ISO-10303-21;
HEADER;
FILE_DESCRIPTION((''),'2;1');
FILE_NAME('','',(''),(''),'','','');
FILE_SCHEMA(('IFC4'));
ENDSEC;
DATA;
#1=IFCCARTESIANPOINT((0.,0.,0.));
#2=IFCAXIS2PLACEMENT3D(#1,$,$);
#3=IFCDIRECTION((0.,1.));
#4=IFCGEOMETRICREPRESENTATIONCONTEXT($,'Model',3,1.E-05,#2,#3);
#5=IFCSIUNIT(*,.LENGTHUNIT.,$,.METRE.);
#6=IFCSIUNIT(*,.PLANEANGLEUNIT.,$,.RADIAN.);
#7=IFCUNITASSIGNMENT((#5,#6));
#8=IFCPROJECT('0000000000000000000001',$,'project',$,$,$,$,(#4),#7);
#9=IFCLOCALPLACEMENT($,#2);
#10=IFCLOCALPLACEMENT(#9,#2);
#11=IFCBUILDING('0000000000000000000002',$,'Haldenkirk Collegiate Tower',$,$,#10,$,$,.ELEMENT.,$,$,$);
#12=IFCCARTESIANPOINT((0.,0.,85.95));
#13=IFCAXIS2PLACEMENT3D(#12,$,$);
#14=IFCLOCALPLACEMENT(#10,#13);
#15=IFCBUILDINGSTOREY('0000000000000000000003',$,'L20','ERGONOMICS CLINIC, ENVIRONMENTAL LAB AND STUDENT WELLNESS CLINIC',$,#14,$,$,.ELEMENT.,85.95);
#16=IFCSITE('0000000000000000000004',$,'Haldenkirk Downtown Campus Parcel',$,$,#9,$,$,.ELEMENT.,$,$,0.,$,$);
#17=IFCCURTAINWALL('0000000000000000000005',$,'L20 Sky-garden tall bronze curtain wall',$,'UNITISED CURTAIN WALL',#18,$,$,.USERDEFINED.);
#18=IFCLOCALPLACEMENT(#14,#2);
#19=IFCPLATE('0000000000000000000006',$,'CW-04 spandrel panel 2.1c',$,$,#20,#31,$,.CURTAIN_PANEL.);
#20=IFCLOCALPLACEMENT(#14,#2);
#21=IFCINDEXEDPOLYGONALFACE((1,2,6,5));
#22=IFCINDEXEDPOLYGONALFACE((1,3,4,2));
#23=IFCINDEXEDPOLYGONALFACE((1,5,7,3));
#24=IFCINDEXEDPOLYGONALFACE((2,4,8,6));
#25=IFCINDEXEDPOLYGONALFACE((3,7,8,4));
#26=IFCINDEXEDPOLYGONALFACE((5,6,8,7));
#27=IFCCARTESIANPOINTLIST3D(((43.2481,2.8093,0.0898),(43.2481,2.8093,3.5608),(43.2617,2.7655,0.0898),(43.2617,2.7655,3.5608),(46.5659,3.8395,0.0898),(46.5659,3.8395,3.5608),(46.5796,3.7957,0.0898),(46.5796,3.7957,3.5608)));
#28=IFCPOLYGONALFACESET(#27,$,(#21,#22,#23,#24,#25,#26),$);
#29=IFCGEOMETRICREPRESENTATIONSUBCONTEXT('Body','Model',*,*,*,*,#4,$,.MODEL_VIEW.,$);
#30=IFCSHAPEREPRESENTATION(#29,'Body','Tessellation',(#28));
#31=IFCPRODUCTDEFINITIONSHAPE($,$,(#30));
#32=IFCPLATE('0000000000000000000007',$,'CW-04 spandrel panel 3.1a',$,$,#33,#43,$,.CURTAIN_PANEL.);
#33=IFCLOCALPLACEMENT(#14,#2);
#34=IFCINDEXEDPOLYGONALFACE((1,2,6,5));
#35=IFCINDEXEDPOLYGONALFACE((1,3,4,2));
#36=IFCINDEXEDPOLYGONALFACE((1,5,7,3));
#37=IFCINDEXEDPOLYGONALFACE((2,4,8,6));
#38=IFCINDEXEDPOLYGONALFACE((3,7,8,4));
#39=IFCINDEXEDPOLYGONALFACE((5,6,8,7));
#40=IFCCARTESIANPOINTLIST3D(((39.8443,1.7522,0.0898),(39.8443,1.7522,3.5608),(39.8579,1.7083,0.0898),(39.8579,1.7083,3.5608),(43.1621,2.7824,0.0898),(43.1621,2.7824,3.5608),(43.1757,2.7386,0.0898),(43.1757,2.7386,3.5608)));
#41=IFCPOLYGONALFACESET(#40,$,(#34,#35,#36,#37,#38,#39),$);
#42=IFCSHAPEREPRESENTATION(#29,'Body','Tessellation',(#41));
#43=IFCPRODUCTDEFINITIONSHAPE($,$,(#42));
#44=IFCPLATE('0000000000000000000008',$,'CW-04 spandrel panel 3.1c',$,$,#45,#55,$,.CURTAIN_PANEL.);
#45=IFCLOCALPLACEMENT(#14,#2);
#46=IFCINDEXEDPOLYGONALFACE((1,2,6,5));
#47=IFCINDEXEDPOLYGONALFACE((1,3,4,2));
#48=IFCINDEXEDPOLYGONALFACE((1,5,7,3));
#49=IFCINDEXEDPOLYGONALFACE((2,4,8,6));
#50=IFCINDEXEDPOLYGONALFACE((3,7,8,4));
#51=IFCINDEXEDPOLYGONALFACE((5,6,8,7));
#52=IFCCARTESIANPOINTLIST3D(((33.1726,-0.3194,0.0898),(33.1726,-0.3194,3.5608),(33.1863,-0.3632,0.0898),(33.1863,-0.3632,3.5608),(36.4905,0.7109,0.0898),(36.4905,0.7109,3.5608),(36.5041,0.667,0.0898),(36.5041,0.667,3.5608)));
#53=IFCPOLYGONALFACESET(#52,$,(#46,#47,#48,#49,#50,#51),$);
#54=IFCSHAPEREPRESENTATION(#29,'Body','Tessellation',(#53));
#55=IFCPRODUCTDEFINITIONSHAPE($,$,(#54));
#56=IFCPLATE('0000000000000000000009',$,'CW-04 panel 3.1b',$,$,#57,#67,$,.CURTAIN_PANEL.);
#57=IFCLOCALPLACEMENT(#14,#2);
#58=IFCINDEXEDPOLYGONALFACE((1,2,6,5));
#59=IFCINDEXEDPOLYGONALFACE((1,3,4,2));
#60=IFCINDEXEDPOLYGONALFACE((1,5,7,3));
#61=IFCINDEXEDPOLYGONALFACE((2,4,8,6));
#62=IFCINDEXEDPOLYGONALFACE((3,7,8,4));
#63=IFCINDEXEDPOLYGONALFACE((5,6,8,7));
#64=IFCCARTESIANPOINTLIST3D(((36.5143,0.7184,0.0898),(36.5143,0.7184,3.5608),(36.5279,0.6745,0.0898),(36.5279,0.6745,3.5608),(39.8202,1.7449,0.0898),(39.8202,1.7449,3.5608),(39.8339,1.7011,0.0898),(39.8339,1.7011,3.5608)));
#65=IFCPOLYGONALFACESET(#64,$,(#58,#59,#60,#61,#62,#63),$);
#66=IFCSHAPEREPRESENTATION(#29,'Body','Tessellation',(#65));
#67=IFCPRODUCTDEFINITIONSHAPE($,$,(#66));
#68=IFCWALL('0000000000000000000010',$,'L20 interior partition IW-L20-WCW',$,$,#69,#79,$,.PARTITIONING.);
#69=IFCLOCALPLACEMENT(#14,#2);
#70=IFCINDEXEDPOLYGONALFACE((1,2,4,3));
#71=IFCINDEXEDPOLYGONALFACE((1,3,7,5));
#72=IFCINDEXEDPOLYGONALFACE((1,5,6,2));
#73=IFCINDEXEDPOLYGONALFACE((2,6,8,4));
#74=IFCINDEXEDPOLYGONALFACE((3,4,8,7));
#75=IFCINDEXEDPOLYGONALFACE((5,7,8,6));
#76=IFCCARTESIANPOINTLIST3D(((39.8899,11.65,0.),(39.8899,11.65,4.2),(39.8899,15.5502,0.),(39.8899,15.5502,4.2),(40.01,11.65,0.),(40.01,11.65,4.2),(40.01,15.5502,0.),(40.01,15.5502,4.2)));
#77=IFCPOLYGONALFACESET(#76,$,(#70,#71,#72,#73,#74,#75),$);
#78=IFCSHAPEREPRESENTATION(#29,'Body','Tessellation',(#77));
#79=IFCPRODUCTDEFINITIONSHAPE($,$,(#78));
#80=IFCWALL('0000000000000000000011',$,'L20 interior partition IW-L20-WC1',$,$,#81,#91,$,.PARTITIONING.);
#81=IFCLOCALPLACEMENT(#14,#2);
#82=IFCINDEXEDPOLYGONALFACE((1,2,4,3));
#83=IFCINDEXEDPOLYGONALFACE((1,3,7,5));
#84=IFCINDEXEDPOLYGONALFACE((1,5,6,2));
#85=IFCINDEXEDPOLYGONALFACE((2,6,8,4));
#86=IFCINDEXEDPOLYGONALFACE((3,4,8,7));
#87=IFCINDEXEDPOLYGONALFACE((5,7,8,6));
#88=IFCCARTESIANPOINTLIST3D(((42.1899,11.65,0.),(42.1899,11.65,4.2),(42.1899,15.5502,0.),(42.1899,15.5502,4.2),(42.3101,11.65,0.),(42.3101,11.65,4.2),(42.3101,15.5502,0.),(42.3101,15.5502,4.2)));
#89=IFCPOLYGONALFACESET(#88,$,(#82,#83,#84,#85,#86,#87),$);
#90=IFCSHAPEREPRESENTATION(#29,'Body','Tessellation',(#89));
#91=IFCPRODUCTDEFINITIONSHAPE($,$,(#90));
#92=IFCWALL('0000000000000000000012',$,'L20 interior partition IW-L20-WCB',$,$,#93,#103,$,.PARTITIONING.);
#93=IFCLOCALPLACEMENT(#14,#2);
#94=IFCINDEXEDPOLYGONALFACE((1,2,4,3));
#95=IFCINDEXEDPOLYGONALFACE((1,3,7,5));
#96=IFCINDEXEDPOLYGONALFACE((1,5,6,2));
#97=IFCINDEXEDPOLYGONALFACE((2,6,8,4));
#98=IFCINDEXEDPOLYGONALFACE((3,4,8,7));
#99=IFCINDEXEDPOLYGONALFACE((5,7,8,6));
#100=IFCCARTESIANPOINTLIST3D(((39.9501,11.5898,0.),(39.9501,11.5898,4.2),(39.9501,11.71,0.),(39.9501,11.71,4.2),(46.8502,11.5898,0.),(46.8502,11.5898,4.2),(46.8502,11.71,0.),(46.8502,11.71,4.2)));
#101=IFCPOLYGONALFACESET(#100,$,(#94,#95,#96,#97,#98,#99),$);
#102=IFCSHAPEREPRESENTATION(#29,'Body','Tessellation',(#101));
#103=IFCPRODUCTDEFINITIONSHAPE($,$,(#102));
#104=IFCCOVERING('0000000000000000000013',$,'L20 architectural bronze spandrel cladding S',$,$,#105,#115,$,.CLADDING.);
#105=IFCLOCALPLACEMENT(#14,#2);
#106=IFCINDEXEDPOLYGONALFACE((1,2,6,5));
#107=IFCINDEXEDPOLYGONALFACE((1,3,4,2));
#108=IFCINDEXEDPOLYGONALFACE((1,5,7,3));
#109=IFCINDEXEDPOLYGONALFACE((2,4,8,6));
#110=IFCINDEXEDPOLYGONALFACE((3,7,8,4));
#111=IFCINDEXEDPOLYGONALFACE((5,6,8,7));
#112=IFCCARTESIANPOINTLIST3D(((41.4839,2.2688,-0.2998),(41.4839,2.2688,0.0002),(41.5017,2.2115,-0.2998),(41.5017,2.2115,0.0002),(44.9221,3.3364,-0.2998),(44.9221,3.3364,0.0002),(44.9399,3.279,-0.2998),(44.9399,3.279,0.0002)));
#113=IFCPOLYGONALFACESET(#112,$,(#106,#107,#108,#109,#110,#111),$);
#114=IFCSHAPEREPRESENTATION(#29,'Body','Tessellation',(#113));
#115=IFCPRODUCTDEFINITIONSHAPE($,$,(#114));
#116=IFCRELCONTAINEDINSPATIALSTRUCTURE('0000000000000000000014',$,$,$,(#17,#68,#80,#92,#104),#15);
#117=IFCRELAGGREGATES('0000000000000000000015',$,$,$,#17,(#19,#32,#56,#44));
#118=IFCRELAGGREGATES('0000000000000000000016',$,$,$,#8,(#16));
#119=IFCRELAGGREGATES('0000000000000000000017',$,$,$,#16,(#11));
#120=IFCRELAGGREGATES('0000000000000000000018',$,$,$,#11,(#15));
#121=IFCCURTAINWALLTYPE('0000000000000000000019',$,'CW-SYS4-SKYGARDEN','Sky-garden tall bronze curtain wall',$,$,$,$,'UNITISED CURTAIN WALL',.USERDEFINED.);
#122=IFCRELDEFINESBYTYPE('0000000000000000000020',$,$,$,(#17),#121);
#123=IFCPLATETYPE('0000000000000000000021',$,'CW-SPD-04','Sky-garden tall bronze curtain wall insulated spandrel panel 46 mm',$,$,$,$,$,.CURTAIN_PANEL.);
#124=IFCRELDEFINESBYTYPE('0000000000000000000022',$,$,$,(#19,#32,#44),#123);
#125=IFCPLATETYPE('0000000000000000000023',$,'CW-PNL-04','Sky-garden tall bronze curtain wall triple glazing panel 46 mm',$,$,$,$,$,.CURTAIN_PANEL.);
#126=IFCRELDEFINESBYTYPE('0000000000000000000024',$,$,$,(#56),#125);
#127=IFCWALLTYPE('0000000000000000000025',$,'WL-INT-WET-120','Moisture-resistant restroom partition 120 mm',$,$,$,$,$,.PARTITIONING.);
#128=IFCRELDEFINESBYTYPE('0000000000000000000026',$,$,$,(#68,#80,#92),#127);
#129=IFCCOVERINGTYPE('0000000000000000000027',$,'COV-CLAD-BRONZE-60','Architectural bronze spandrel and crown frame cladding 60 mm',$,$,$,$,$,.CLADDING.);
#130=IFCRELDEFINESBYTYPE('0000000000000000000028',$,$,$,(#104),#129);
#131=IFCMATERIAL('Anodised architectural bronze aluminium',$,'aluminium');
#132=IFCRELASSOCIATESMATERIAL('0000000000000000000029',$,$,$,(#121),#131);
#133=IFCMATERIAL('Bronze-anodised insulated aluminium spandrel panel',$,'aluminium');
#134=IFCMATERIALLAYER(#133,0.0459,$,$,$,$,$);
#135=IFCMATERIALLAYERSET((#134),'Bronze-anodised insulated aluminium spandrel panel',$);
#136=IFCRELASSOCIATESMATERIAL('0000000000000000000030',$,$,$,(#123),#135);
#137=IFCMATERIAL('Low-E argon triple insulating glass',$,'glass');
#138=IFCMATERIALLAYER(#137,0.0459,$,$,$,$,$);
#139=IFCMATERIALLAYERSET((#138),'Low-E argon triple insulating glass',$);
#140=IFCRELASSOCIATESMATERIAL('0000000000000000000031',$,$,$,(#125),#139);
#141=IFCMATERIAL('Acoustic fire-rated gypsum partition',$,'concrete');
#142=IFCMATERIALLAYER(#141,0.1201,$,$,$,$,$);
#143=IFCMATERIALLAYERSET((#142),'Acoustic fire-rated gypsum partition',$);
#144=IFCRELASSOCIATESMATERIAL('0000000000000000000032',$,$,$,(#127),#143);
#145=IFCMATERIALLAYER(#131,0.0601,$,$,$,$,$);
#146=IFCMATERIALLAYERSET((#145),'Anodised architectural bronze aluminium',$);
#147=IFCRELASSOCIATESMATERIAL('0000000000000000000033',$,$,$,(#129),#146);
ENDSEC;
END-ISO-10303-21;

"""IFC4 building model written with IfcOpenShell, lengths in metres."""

from ifc_helpers import new_model, si_unit, direction, frame, frame_2d, origin, origin_2d, place, context, subcontext, project, spatial, rectangle, extrude, source, transform, mapped, material, layer, layer_set, type_object, element, aggregate, save


model = new_model("IFC4")

# Units and contexts
model_context = context("Model", 3, precision=1e-05, world=origin(), true_north=direction((0.0, 1.0)))
body_context = subcontext(model_context, "Body", "Model", "MODEL_VIEW")
ifc_project = project(units=[si_unit("LENGTHUNIT", "METRE"), si_unit("PLANEANGLEUNIT", "RADIAN")], contexts=[model_context])

# Site, building, storey
site_placement = place(None, origin())
site = spatial("IfcSite", under=ifc_project, at=site_placement, Name="Haldenkirk Downtown Campus Parcel", CompositionType="ELEMENT", RefElevation=0.0)
building_placement = place(site_placement, origin())
building = spatial("IfcBuilding", under=site, at=building_placement, Name="Haldenkirk Collegiate Tower", CompositionType="ELEMENT")
storey_placement = place(building_placement, frame((0.0, 0.0, 85.95)))
storey = spatial("IfcBuildingStorey", under=building, at=storey_placement, Name="L20", Description="ERGONOMICS CLINIC, ENVIRONMENTAL LAB AND STUDENT WELLNESS CLINIC", CompositionType="ELEMENT", Elevation=85.95)

# Curtain wall
ifc_material_1 = material(Name="Anodised architectural bronze aluminium", Category="aluminium")
curtain_wall_type = type_object("IfcCurtainWallType", Name="CW-SYS4-SKYGARDEN", Description="Sky-garden tall bronze curtain wall", ElementType="UNITISED CURTAIN WALL", PredefinedType="USERDEFINED", material=ifc_material_1)
curtain_wall_placement = place(storey_placement, origin())
curtain_wall = element("IfcCurtainWall", 1, at=curtain_wall_placement, inside=storey, type_object=curtain_wall_type, Name="L20 Sky-garden tall bronze curtain wall", ObjectType="UNITISED CURTAIN WALL", PredefinedType="USERDEFINED")

# Plates
ifc_material_2 = material(Name="Bronze-anodised insulated aluminium spandrel panel", Category="aluminium")
ifc_layer_1 = layer(ifc_material_2, 0.0459)
ifc_layer_set_1 = layer_set([ifc_layer_1], Name="Bronze-anodised insulated aluminium spandrel panel")
plate_type_1 = type_object("IfcPlateType", Name="CW-SPD-04", Description="Sky-garden tall bronze curtain wall insulated spandrel panel 46 mm", PredefinedType="CURTAIN_PANEL", material=ifc_layer_set_1)
shared_shape_1 = source(origin(), body_context, "Body", "SweptSolid", [
    extrude(rectangle(XDim=3.4741, YDim=0.0459, at=origin_2d()), origin(), (0.0, 0.0, 1.0), 3.4709),
])
plate_1_placement = place(storey_placement, frame((44.9138, 3.3025, 0.0898), z_axis=(0.0, 0.0, 1.0), x_axis=(-0.95502, -0.29654, 0.0)))
plate_1 = element("IfcPlate", 2, at=plate_1_placement, type_object=plate_type_1, Name="CW-04 spandrel panel 2.1c", PredefinedType="CURTAIN_PANEL", context=body_context, shape_type="MappedRepresentation", body=[
    mapped(shared_shape_1, transform((0.0, 0.0, 0.0), x_axis=(1.0, 0.0, 0.0), y_axis=(0.0, 1.0, 0.0), z_axis=(0.0, 0.0, 1.0), scale=1.0)),
])
plate_2_placement = place(storey_placement, frame((41.51, 2.2454, 0.0898), z_axis=(0.0, 0.0, 1.0), x_axis=(-0.95502, -0.29654, 0.0)))
plate_2 = element("IfcPlate", 3, at=plate_2_placement, type_object=plate_type_1, Name="CW-04 spandrel panel 3.1a", PredefinedType="CURTAIN_PANEL", context=body_context, shape_type="MappedRepresentation", body=[
    mapped(shared_shape_1, transform((0.0, 0.0, 0.0), x_axis=(1.0, 0.0, 0.0), y_axis=(0.0, 1.0, 0.0), z_axis=(0.0, 0.0, 1.0), scale=1.0)),
])
plate_3_placement = place(storey_placement, frame((34.8384, 0.1738, 0.0898), z_axis=(0.0, 0.0, 1.0), x_axis=(-0.95502, -0.29654, 0.0)))
plate_3 = element("IfcPlate", 4, at=plate_3_placement, type_object=plate_type_1, Name="CW-04 spandrel panel 3.1c", PredefinedType="CURTAIN_PANEL", context=body_context, shape_type="MappedRepresentation", body=[
    mapped(shared_shape_1, transform((0.0, 0.0, 0.0), x_axis=(1.0, 0.0, 0.0), y_axis=(0.0, 1.0, 0.0), z_axis=(0.0, 0.0, 1.0), scale=1.0)),
])
ifc_material_3 = material(Name="Low-E argon triple insulating glass", Category="glass")
ifc_layer_2 = layer(ifc_material_3, 0.0459)
ifc_layer_set_2 = layer_set([ifc_layer_2], Name="Low-E argon triple insulating glass")
plate_type_2 = type_object("IfcPlateType", Name="CW-PNL-04", Description="Sky-garden tall bronze curtain wall triple glazing panel 46 mm", PredefinedType="CURTAIN_PANEL", material=ifc_layer_set_2)
shared_shape_2 = source(origin(), body_context, "Body", "SweptSolid", [
    extrude(rectangle(XDim=3.4617, YDim=0.0459, at=origin_2d()), origin(), (0.0, 0.0, 1.0), 3.4709),
])
plate_4_placement = place(storey_placement, frame((38.1741, 1.2097, 0.0898), z_axis=(0.0, 0.0, 1.0), x_axis=(-0.95502, -0.29654, 0.0)))
plate_4 = element("IfcPlate", 5, at=plate_4_placement, type_object=plate_type_2, Name="CW-04 panel 3.1b", PredefinedType="CURTAIN_PANEL", context=body_context, shape_type="MappedRepresentation", body=[
    mapped(shared_shape_2, transform((0.0, 0.0, 0.0), x_axis=(1.0, 0.0, 0.0), y_axis=(0.0, 1.0, 0.0), z_axis=(0.0, 0.0, 1.0), scale=1.0)),
])
aggregate(curtain_wall, [plate_1, plate_2, plate_4, plate_3])

# Walls
ifc_material_4 = material(Name="Acoustic fire-rated gypsum partition", Category="concrete")
ifc_layer_3 = layer(ifc_material_4, 0.1201)
ifc_layer_set_3 = layer_set([ifc_layer_3], Name="Acoustic fire-rated gypsum partition")
wall_type = type_object("IfcWallType", Name="WL-INT-WET-120", Description="Moisture-resistant restroom partition 120 mm", PredefinedType="PARTITIONING", material=ifc_layer_set_3)
for number, where, z_axis, x_axis, name in (
    (6, (39.95, 11.6499, 0.0), (0.0, 0.0, 1.0), (0.0, 1.0, 0.0), "L20 interior partition IW-L20-WCW"),
    (7, (42.25, 11.6499, 0.0), (0.0, 0.0, 1.0), (0.0, 1.0, 0.0), "L20 interior partition IW-L20-WC1"),
):
    element("IfcWall", number, at=place(storey_placement, frame(where, z_axis=z_axis, x_axis=x_axis)), inside=storey, type_object=wall_type, Name=name, PredefinedType="PARTITIONING", context=body_context, shape_type="SweptSolid", body=[
        extrude(rectangle(XDim=3.9001, YDim=0.1201, at=frame_2d((1.9502, 0.0))), origin(), (0.0, 0.0, 1.0), 4.2),
    ])
wall_placement = place(storey_placement, frame((39.95, 11.6499, 0.0), z_axis=(0.0, 0.0, 1.0), x_axis=(1.0, 0.0, 0.0)))
element("IfcWall", 8, at=wall_placement, inside=storey, type_object=wall_type, Name="L20 interior partition IW-L20-WCB", PredefinedType="PARTITIONING", context=body_context, shape_type="SweptSolid", body=[
    extrude(rectangle(XDim=6.9001, YDim=0.1201, at=frame_2d((3.4502, 0.0))), origin(), (0.0, 0.0, 1.0), 4.2),
])

# Covering
ifc_layer_4 = layer(ifc_material_1, 0.0601)
ifc_layer_set_4 = layer_set([ifc_layer_4], Name="Anodised architectural bronze aluminium")
covering_type = type_object("IfcCoveringType", Name="COV-CLAD-BRONZE-60", Description="Architectural bronze spandrel and crown frame cladding 60 mm", PredefinedType="CLADDING", material=ifc_layer_set_4)
shared_shape_3 = source(origin(), body_context, "Body", "SweptSolid", [
    extrude(rectangle(XDim=3.6001, YDim=0.0601, at=origin_2d()), origin(), (0.0, 0.0, 1.0), 0.3),
])
covering_placement = place(storey_placement, frame((43.2119, 2.7739, -0.2998), z_axis=(0.0, 0.0, 1.0), x_axis=(-0.95502, -0.296542, 0.0)))
element("IfcCovering", 9, at=covering_placement, inside=storey, type_object=covering_type, Name="L20 architectural bronze spandrel cladding S", PredefinedType="CLADDING", context=body_context, shape_type="MappedRepresentation", body=[
    mapped(shared_shape_3, transform((0.0, 0.0, 0.0), x_axis=(1.0, 0.0, 0.0), y_axis=(0.0, 1.0, 0.0), z_axis=(0.0, 0.0, 1.0), scale=1.0)),
])

save(model, "model.ifc")
